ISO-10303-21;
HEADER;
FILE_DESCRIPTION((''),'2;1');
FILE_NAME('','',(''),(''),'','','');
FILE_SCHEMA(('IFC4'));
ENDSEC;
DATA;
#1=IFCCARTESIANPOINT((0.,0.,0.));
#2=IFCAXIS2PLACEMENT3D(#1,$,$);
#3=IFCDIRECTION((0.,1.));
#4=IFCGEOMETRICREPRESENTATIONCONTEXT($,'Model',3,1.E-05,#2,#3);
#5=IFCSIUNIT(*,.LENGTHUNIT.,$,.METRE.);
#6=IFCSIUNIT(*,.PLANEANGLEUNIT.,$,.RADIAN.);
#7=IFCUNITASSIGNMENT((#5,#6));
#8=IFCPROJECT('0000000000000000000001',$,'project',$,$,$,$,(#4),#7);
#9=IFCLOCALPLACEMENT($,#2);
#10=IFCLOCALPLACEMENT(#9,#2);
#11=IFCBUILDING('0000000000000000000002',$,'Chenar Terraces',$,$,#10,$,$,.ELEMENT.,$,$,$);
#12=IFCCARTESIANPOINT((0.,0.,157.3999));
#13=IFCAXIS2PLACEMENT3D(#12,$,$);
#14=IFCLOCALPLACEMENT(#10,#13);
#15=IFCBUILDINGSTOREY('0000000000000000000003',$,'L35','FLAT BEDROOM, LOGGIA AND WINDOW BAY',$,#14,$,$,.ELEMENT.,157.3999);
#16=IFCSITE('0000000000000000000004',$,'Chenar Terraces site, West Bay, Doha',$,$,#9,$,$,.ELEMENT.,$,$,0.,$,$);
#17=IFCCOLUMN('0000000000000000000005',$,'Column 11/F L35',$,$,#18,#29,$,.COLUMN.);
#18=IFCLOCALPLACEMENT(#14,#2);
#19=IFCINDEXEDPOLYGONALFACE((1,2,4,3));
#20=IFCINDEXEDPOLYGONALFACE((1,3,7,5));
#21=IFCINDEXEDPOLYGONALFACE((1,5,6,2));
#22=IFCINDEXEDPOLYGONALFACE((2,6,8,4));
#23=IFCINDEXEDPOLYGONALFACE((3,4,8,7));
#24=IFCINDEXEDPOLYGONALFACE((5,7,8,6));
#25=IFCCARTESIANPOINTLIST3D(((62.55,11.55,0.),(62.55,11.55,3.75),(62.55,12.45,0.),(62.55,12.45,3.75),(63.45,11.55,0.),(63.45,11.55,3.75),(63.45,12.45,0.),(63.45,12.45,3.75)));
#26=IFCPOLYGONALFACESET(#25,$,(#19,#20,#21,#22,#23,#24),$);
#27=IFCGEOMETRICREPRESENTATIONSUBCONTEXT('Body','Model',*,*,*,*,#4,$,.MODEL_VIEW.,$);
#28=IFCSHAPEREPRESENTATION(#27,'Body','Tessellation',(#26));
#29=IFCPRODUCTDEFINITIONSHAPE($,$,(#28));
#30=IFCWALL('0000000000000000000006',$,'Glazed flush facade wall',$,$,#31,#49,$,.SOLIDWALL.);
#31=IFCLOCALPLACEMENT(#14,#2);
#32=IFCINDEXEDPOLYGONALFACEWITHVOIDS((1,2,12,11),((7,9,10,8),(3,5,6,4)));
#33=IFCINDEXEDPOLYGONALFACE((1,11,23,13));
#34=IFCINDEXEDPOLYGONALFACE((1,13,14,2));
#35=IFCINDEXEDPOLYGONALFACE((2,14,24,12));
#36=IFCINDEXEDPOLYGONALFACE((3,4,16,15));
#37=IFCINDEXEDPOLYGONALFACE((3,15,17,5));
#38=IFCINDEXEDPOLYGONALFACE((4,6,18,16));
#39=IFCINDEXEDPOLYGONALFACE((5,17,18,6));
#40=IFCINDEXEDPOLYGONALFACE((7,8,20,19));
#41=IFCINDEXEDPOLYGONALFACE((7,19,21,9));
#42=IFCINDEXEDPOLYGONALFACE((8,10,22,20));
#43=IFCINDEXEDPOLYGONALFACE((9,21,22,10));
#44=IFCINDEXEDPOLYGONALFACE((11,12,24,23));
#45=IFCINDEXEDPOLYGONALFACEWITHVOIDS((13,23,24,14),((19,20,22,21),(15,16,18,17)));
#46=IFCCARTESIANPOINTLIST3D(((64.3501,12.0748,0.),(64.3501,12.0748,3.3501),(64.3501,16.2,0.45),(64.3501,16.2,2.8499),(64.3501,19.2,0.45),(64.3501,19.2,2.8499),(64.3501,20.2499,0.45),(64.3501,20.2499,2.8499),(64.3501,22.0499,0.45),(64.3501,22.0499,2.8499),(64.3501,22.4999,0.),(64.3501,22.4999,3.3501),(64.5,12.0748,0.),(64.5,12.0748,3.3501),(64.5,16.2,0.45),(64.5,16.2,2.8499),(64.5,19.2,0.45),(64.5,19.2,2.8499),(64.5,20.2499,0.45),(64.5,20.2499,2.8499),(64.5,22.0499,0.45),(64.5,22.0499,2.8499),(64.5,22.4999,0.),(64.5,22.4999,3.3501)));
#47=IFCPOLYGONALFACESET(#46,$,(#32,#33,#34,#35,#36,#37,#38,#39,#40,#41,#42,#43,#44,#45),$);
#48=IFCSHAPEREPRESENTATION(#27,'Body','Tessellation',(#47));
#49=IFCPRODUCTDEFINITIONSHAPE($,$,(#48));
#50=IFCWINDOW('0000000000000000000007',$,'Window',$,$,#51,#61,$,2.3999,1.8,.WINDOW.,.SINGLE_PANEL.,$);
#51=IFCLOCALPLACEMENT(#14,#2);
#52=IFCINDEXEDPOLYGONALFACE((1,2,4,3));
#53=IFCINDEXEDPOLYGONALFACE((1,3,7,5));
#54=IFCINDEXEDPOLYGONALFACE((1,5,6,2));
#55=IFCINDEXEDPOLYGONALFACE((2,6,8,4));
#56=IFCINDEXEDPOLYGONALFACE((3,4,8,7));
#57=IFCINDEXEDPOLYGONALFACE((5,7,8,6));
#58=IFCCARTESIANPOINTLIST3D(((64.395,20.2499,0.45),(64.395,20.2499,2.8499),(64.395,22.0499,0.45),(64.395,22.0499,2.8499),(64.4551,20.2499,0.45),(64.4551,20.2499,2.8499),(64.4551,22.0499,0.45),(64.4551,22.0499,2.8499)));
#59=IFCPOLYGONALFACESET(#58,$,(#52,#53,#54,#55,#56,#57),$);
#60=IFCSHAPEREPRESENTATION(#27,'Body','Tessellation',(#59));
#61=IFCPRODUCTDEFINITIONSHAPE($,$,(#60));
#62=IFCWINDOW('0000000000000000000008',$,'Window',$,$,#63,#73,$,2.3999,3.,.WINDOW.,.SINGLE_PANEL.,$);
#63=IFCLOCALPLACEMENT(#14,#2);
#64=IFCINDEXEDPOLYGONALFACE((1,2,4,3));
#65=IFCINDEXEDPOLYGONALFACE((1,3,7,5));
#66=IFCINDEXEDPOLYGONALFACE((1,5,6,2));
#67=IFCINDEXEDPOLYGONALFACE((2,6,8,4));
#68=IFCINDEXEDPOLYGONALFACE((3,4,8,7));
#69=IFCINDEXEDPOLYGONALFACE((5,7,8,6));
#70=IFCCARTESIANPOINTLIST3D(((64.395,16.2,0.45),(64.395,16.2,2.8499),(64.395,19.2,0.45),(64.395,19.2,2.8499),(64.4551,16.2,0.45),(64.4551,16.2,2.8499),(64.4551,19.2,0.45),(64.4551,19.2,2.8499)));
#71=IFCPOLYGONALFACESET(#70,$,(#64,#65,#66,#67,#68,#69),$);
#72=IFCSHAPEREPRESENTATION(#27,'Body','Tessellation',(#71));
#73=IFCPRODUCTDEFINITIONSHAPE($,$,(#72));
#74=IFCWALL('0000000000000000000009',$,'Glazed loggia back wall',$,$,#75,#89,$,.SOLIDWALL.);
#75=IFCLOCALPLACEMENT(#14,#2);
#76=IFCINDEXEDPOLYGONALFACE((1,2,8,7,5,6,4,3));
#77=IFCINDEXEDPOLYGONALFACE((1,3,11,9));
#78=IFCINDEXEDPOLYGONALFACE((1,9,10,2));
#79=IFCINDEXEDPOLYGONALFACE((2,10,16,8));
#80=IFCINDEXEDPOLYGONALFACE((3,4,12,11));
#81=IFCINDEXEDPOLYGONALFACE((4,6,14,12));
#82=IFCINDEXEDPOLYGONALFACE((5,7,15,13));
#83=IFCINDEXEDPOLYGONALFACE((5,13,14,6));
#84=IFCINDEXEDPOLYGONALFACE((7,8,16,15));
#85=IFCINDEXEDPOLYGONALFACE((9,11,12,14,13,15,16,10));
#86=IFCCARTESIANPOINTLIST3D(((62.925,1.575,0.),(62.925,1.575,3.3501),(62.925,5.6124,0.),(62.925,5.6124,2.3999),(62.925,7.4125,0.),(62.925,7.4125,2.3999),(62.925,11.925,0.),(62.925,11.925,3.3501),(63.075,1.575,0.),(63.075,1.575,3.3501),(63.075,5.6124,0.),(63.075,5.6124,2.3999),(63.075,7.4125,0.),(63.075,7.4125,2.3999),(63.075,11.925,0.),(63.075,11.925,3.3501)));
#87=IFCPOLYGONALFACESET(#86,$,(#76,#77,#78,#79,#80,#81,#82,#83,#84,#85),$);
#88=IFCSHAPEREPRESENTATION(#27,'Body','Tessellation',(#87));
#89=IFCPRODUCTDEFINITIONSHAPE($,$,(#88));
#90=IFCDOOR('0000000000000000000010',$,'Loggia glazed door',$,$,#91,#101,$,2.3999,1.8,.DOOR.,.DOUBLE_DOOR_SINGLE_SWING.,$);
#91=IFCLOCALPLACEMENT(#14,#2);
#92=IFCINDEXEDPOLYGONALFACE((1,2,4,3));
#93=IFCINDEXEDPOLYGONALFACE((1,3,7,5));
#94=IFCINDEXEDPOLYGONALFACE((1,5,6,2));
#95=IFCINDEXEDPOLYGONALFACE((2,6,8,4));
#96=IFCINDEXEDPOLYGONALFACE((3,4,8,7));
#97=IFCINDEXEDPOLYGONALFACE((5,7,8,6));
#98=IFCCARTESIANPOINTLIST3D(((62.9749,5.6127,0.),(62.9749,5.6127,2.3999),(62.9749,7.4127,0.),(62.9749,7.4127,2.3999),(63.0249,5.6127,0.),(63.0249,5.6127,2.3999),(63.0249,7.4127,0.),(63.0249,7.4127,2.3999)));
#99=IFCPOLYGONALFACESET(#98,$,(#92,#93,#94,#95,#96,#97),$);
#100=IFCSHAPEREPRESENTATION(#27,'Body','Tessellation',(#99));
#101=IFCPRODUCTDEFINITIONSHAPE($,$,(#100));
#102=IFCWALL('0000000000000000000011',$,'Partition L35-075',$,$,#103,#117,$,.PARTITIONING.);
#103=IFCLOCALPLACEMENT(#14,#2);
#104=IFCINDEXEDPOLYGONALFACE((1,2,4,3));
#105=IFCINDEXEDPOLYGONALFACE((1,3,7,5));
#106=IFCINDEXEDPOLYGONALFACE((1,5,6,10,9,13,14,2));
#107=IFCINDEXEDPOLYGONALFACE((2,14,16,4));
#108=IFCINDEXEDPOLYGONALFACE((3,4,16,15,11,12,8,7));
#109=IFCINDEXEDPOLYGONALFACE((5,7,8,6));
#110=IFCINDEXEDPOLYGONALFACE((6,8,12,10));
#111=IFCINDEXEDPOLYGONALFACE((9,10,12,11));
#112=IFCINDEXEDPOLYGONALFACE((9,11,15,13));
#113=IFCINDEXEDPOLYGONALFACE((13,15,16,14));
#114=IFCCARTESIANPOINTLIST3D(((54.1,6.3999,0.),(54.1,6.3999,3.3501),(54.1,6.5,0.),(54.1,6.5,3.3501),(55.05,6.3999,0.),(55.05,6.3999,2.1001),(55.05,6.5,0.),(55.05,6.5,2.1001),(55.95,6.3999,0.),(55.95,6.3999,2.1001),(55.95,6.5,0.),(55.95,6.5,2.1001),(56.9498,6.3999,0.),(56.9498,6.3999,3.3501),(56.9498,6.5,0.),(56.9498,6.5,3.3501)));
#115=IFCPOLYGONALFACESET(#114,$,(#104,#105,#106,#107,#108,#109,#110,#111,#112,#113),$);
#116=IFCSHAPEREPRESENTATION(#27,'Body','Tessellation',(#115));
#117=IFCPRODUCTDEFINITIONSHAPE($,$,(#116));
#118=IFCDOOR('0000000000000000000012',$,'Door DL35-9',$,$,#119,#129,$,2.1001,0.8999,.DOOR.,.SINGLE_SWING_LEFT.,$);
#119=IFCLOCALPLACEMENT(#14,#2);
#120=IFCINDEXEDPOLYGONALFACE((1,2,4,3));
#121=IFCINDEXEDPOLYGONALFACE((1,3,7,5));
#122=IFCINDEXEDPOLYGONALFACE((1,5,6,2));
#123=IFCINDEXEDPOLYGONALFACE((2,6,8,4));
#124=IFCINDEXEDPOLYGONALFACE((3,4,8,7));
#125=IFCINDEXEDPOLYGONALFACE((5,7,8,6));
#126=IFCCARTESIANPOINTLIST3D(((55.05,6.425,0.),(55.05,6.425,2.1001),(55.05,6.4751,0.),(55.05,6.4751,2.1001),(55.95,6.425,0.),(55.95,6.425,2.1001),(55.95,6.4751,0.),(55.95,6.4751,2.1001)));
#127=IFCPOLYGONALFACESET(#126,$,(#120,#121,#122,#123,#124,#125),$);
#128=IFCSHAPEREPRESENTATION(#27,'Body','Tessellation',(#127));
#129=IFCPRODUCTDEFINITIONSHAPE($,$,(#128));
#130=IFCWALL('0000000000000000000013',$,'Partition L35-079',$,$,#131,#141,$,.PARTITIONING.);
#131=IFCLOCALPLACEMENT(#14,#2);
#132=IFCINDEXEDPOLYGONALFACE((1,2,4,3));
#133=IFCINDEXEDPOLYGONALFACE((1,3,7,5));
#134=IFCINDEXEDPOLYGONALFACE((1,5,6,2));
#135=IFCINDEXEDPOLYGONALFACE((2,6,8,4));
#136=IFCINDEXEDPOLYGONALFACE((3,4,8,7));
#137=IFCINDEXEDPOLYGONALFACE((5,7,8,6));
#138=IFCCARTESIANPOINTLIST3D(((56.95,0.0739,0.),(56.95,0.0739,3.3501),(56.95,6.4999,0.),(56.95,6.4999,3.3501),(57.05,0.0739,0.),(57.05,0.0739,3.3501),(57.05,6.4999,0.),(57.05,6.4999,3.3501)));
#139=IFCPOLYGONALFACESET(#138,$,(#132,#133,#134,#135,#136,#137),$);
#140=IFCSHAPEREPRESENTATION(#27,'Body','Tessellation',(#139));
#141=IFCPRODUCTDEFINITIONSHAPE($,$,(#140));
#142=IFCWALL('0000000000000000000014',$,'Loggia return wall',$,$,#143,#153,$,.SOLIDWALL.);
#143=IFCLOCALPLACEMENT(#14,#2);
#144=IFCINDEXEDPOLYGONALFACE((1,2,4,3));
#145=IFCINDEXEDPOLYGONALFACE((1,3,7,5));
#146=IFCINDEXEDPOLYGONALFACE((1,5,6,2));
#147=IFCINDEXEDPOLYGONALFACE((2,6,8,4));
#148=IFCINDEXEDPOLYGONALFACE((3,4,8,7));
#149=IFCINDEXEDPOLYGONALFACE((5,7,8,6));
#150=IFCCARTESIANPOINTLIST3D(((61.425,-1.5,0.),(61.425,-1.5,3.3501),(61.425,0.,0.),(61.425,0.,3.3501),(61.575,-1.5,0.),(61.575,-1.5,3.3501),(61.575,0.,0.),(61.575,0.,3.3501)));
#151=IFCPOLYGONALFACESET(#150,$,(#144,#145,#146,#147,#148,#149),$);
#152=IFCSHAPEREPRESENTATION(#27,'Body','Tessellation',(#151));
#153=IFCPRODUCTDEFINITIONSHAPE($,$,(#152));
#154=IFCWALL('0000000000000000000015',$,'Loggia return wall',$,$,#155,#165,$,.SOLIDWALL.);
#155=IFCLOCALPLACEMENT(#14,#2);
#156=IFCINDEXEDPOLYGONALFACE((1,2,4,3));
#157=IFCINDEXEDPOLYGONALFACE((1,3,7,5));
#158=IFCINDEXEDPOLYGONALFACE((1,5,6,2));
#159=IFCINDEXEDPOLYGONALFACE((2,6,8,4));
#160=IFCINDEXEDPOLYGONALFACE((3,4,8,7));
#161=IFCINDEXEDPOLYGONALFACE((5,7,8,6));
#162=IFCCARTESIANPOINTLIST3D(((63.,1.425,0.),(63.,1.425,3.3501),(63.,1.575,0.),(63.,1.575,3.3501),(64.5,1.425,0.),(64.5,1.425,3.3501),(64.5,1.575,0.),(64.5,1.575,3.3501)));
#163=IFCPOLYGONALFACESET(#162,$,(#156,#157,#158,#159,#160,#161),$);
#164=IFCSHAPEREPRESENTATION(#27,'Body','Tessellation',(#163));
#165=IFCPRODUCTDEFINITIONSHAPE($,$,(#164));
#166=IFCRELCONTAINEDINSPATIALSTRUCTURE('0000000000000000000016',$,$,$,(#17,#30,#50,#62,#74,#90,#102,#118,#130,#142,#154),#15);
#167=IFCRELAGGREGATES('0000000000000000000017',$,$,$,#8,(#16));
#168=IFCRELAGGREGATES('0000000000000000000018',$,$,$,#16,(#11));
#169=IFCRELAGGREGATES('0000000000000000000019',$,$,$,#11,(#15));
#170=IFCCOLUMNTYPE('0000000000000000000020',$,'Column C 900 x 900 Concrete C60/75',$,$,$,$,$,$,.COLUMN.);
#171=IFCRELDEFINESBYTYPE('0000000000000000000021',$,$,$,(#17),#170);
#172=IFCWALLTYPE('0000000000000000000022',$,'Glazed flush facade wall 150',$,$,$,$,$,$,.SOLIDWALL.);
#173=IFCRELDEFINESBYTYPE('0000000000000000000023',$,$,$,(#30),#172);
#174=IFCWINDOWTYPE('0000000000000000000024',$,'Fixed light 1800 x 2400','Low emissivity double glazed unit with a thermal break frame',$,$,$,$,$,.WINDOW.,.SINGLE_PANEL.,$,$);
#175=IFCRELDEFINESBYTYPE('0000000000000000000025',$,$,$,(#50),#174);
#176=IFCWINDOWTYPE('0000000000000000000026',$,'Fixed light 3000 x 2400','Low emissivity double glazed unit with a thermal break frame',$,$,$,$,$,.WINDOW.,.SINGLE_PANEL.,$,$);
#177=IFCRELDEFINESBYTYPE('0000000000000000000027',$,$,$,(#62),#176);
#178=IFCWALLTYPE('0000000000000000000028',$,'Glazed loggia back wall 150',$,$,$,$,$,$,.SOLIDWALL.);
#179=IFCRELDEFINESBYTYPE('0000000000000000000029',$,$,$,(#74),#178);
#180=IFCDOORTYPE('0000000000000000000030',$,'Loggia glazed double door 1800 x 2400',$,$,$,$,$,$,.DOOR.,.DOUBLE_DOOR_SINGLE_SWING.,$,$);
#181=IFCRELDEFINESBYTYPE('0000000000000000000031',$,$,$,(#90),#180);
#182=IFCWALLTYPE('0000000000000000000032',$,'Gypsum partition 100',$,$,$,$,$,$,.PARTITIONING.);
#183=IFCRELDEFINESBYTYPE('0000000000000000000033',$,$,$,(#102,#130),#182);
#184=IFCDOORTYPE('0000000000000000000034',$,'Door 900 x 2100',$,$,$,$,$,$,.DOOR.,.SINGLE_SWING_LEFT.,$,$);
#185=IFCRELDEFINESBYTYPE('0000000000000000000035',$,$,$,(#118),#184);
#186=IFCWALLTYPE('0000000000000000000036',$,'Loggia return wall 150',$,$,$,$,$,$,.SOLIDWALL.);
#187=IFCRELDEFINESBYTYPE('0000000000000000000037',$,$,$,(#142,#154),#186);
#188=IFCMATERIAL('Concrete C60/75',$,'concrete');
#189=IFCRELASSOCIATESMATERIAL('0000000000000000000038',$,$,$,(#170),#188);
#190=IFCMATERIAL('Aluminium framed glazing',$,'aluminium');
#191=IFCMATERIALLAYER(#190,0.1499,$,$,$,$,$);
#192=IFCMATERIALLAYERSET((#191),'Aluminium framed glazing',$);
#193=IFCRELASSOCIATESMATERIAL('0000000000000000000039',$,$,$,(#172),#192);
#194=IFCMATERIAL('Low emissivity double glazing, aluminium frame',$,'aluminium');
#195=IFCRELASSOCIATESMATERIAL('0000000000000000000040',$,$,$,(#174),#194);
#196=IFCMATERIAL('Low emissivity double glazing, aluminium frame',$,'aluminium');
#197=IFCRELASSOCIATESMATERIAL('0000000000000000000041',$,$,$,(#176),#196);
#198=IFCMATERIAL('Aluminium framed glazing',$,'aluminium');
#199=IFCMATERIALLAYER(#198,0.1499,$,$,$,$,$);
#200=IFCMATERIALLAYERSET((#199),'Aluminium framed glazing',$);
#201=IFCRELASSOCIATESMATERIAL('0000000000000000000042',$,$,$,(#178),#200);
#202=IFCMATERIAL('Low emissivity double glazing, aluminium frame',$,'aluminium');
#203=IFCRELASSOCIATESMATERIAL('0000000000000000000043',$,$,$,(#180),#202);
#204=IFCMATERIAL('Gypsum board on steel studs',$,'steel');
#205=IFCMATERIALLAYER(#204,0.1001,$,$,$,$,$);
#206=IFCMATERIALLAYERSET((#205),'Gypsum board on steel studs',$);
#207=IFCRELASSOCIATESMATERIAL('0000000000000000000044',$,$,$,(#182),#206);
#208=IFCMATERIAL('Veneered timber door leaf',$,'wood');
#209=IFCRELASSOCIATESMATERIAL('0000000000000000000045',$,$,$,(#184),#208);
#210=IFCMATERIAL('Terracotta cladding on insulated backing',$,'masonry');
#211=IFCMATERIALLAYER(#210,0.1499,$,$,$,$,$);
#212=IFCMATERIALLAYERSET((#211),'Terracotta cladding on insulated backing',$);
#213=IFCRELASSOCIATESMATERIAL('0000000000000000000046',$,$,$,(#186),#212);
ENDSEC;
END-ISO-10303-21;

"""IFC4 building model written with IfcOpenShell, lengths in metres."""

from ifc_helpers import new_model, si_unit, direction, frame, frame_2d, origin, origin_2d, place, context, subcontext, project, spatial, rectangle, extrude, material, layer, layer_set, material_profile, profile_set, type_object, element, fill, save


model = new_model("IFC4")

# Units and contexts
model_context = context("Model", 3, precision=1e-05, world=origin(), true_north=direction((0.0, 1.0)))
body_context = subcontext(model_context, "Body", "Model", "MODEL_VIEW")
ifc_project = project(units=[si_unit("LENGTHUNIT", "METRE"), si_unit("PLANEANGLEUNIT", "RADIAN")], contexts=[model_context])

# Site, building, storey
site_placement = place(None, origin())
site = spatial("IfcSite", under=ifc_project, at=site_placement, Name="Chenar Terraces site, West Bay, Doha", CompositionType="ELEMENT", RefElevation=0.0)
building_placement = place(site_placement, origin())
building = spatial("IfcBuilding", under=site, at=building_placement, Name="Chenar Terraces", CompositionType="ELEMENT")
storey_placement = place(building_placement, frame((0.0, 0.0, 157.3999)))
storey = spatial("IfcBuildingStorey", under=building, at=storey_placement, Name="L35", Description="FLAT BEDROOM, LOGGIA AND WINDOW BAY", CompositionType="ELEMENT", Elevation=157.3999)

# Column
ifc_material_1 = material(Name="Concrete C60/75", Category="concrete")
ifc_material_profile_1 = material_profile(ifc_material_1, rectangle(XDim=0.8999, YDim=0.8999, at=origin_2d()), Name="C 900 x 900")
ifc_profile_set_1 = profile_set([ifc_material_profile_1], Name="Concrete C60/75")
column_type = type_object("IfcColumnType", Name="Column C 900 x 900 Concrete C60/75", PredefinedType="COLUMN", material=ifc_profile_set_1)
column_placement = place(storey_placement, frame((63.0, 12.0, 0.0), z_axis=(0.0, 0.0, 1.0), x_axis=(1.0, 0.0, 0.0)))
element("IfcColumn", 1, at=column_placement, inside=storey, type_object=column_type, Name="Column 11/F L35", PredefinedType="COLUMN", context=body_context, shape_type="SweptSolid", body=[
    extrude(rectangle(XDim=0.8999, YDim=0.8999, at=origin_2d()), origin(), (0.0, 0.0, 1.0), 3.75),
])

# Wall, openings, windows
ifc_material_2 = material(Name="Aluminium framed glazing", Category="aluminium")
ifc_layer_1 = layer(ifc_material_2, 0.1499)
ifc_layer_set_1 = layer_set([ifc_layer_1], Name="Aluminium framed glazing")
wall_type_1 = type_object("IfcWallType", Name="Glazed flush facade wall 150", PredefinedType="SOLIDWALL", material=ifc_layer_set_1)
wall_1_placement = place(storey_placement, frame((64.425, 12.075, 0.0), z_axis=(0.0, 0.0, 1.0), x_axis=(0.0, 1.0, 0.0)))
wall_1 = element("IfcWall", 2, at=wall_1_placement, inside=storey, type_object=wall_type_1, Name="Glazed flush facade wall", PredefinedType="SOLIDWALL", context=body_context, shape_type="SweptSolid", body=[
    extrude(rectangle(XDim=10.425, YDim=0.1499, at=frame_2d((5.2124, 0.0))), origin(), (0.0, 0.0, 1.0), 3.3501),
])
opening_1_placement = place(wall_1_placement, frame((4.125, 0.0, 0.45)))
opening_1 = element("IfcOpeningElement", 3, at=opening_1_placement, cuts=wall_1, PredefinedType="OPENING", context=body_context, shape_type="SweptSolid", body=[
    extrude(rectangle(XDim=3.0, YDim=2.3999, at=frame_2d((1.5, 1.2))), frame((0.0, 0.085, 0.0), z_axis=(0.0, -1.0, 0.0), x_axis=(1.0, 0.0, 0.0)), (0.0, 0.0, 1.0), 0.1699),
])
opening_2_placement = place(wall_1_placement, frame((8.175, 0.0, 0.45)))
opening_2 = element("IfcOpeningElement", 4, at=opening_2_placement, cuts=wall_1, PredefinedType="OPENING", context=body_context, shape_type="SweptSolid", body=[
    extrude(rectangle(XDim=1.8, YDim=2.3999, at=frame_2d((0.8999, 1.2))), frame((0.0, 0.085, 0.0), z_axis=(0.0, -1.0, 0.0), x_axis=(1.0, 0.0, 0.0)), (0.0, 0.0, 1.0), 0.1699),
])
ifc_material_3 = material(Name="Low emissivity double glazing, aluminium frame", Category="aluminium")
window_type_1 = type_object("IfcWindowType", Name="Fixed light 1800 x 2400", Description="Low emissivity double glazed unit with a thermal break frame", PartitioningType="SINGLE_PANEL", PredefinedType="WINDOW", material=ifc_material_3)
window_1_placement = place(opening_2_placement, origin())
window_1 = element("IfcWindow", 5, at=window_1_placement, inside=storey, type_object=window_type_1, Name="Window", OverallHeight=2.3999, OverallWidth=1.8, PartitioningType="SINGLE_PANEL", PredefinedType="WINDOW", context=body_context, shape_type="SweptSolid", body=[
    extrude(rectangle(XDim=1.8, YDim=2.3999, at=frame_2d((0.8999, 1.2))), frame((0.0, 0.03, 0.0), z_axis=(0.0, -1.0, 0.0), x_axis=(1.0, 0.0, 0.0)), (0.0, 0.0, 1.0), 0.0601),
])
fill(opening_2, window_1)
ifc_material_4 = material(Name="Low emissivity double glazing, aluminium frame", Category="aluminium")
window_type_2 = type_object("IfcWindowType", Name="Fixed light 3000 x 2400", Description="Low emissivity double glazed unit with a thermal break frame", PartitioningType="SINGLE_PANEL", PredefinedType="WINDOW", material=ifc_material_4)
window_2_placement = place(opening_1_placement, origin())
window_2 = element("IfcWindow", 6, at=window_2_placement, inside=storey, type_object=window_type_2, Name="Window", OverallHeight=2.3999, OverallWidth=3.0, PartitioningType="SINGLE_PANEL", PredefinedType="WINDOW", context=body_context, shape_type="SweptSolid", body=[
    extrude(rectangle(XDim=3.0, YDim=2.3999, at=frame_2d((1.5, 1.2))), frame((0.0, 0.03, 0.0), z_axis=(0.0, -1.0, 0.0), x_axis=(1.0, 0.0, 0.0)), (0.0, 0.0, 1.0), 0.0601),
])
fill(opening_1, window_2)

# Walls, openings, doors
ifc_material_5 = material(Name="Aluminium framed glazing", Category="aluminium")
ifc_layer_2 = layer(ifc_material_5, 0.1499)
ifc_layer_set_2 = layer_set([ifc_layer_2], Name="Aluminium framed glazing")
wall_type_2 = type_object("IfcWallType", Name="Glazed loggia back wall 150", PredefinedType="SOLIDWALL", material=ifc_layer_set_2)
wall_2_placement = place(storey_placement, frame((63.0, 1.575, 0.0), z_axis=(0.0, 0.0, 1.0), x_axis=(0.0, 1.0, 0.0)))
wall_2 = element("IfcWall", 7, at=wall_2_placement, inside=storey, type_object=wall_type_2, Name="Glazed loggia back wall", PredefinedType="SOLIDWALL", context=body_context, shape_type="SweptSolid", body=[
    extrude(rectangle(XDim=10.3501, YDim=0.1499, at=frame_2d((5.175, 0.0))), origin(), (0.0, 0.0, 1.0), 3.3501),
])
opening_3_placement = place(wall_2_placement, frame((4.0376, 0.0, 0.0)))
opening_3 = element("IfcOpeningElement", 8, at=opening_3_placement, cuts=wall_2, PredefinedType="OPENING", context=body_context, shape_type="SweptSolid", body=[
    extrude(rectangle(XDim=1.8, YDim=2.3999, at=frame_2d((0.8999, 1.2))), frame((0.0, 0.085, 0.0), z_axis=(0.0, -1.0, 0.0), x_axis=(1.0, 0.0, 0.0)), (0.0, 0.0, 1.0), 0.1699),
])
ifc_material_6 = material(Name="Low emissivity double glazing, aluminium frame", Category="aluminium")
door_type_1 = type_object("IfcDoorType", Name="Loggia glazed double door 1800 x 2400", OperationType="DOUBLE_DOOR_SINGLE_SWING", PredefinedType="DOOR", material=ifc_material_6)
door_1_placement = place(opening_3_placement, frame((1.8, 0.0, 0.0), z_axis=(0.0, 0.0, 1.0), x_axis=(-1.0, 0.0, 0.0)))
door_1 = element("IfcDoor", 9, at=door_1_placement, inside=storey, type_object=door_type_1, Name="Loggia glazed door", OperationType="DOUBLE_DOOR_SINGLE_SWING", OverallHeight=2.3999, OverallWidth=1.8, PredefinedType="DOOR", context=body_context, shape_type="SweptSolid", body=[
    extrude(rectangle(XDim=1.8, YDim=2.3999, at=frame_2d((0.8999, 1.2))), frame((0.0, 0.0249, 0.0), z_axis=(0.0, -1.0, 0.0), x_axis=(1.0, 0.0, 0.0)), (0.0, 0.0, 1.0), 0.05),
])
fill(opening_3, door_1)
ifc_material_7 = material(Name="Gypsum board on steel studs", Category="steel")
ifc_layer_3 = layer(ifc_material_7, 0.1001)
ifc_layer_set_3 = layer_set([ifc_layer_3], Name="Gypsum board on steel studs")
wall_type_3 = type_object("IfcWallType", Name="Gypsum partition 100", PredefinedType="PARTITIONING", material=ifc_layer_set_3)
wall_3_placement = place(storey_placement, frame((54.1001, 6.45, 0.0), z_axis=(0.0, 0.0, 1.0), x_axis=(1.0, 0.0, 0.0)))
wall_3 = element("IfcWall", 10, at=wall_3_placement, inside=storey, type_object=wall_type_3, Name="Partition L35-075", PredefinedType="PARTITIONING", context=body_context, shape_type="SweptSolid", body=[
    extrude(rectangle(XDim=2.8499, YDim=0.1001, at=frame_2d((1.4248, 0.0))), origin(), (0.0, 0.0, 1.0), 3.3501),
])
opening_4_placement = place(wall_3_placement, frame((0.95, 0.0, 0.0)))
opening_4 = element("IfcOpeningElement", 11, at=opening_4_placement, cuts=wall_3, PredefinedType="OPENING", context=body_context, shape_type="SweptSolid", body=[
    extrude(rectangle(XDim=0.8999, YDim=2.1001, at=frame_2d((0.45, 1.05))), frame((0.0, 0.0601, 0.0), z_axis=(0.0, -1.0, 0.0), x_axis=(1.0, 0.0, 0.0)), (0.0, 0.0, 1.0), 0.1201),
])
ifc_material_8 = material(Name="Veneered timber door leaf", Category="wood")
door_type_2 = type_object("IfcDoorType", Name="Door 900 x 2100", OperationType="SINGLE_SWING_LEFT", PredefinedType="DOOR", material=ifc_material_8)
door_2_placement = place(opening_4_placement, frame((0.8999, 0.0, 0.0), z_axis=(0.0, 0.0, 1.0), x_axis=(-1.0, 0.0, 0.0)))
door_2 = element("IfcDoor", 12, at=door_2_placement, inside=storey, type_object=door_type_2, Name="Door DL35-9", OperationType="SINGLE_SWING_LEFT", OverallHeight=2.1001, OverallWidth=0.8999, PredefinedType="DOOR", context=body_context, shape_type="SweptSolid", body=[
    extrude(rectangle(XDim=0.8999, YDim=2.1001, at=frame_2d((0.45, 1.05))), frame((0.0, 0.0249, 0.0), z_axis=(0.0, -1.0, 0.0), x_axis=(1.0, 0.0, 0.0)), (0.0, 0.0, 1.0), 0.05),
])
fill(opening_4, door_2)

# Walls
wall_4_placement = place(storey_placement, frame((57.0, 0.074, 0.0), z_axis=(0.0, 0.0, 1.0), x_axis=(0.0, 1.0, 0.0)))
element("IfcWall", 13, at=wall_4_placement, inside=storey, type_object=wall_type_3, Name="Partition L35-079", PredefinedType="PARTITIONING", context=body_context, shape_type="SweptSolid", body=[
    extrude(rectangle(XDim=6.426, YDim=0.1001, at=frame_2d((3.2129, 0.0))), origin(), (0.0, 0.0, 1.0), 3.3501),
])
ifc_material_9 = material(Name="Terracotta cladding on insulated backing", Category="masonry")
ifc_layer_4 = layer(ifc_material_9, 0.1499)
ifc_layer_set_4 = layer_set([ifc_layer_4], Name="Terracotta cladding on insulated backing")
wall_type_4 = type_object("IfcWallType", Name="Loggia return wall 150", PredefinedType="SOLIDWALL", material=ifc_layer_set_4)
for number, where, z_axis, x_axis, name in (
    (14, (61.5, -1.5, 0.0), (0.0, 0.0, 1.0), (0.0, 1.0, 0.0), "Loggia return wall"),
    (15, (64.5, 1.5, 0.0), (0.0, 0.0, 1.0), (-1.0, 0.0, 0.0), "Loggia return wall"),
):
    element("IfcWall", number, at=place(storey_placement, frame(where, z_axis=z_axis, x_axis=x_axis)), inside=storey, type_object=wall_type_4, Name=name, PredefinedType="SOLIDWALL", context=body_context, shape_type="SweptSolid", body=[
        extrude(rectangle(XDim=1.5, YDim=0.1499, at=frame_2d((0.75, 0.0))), origin(), (0.0, 0.0, 1.0), 3.3501),
    ])

save(model, "model.ifc")
